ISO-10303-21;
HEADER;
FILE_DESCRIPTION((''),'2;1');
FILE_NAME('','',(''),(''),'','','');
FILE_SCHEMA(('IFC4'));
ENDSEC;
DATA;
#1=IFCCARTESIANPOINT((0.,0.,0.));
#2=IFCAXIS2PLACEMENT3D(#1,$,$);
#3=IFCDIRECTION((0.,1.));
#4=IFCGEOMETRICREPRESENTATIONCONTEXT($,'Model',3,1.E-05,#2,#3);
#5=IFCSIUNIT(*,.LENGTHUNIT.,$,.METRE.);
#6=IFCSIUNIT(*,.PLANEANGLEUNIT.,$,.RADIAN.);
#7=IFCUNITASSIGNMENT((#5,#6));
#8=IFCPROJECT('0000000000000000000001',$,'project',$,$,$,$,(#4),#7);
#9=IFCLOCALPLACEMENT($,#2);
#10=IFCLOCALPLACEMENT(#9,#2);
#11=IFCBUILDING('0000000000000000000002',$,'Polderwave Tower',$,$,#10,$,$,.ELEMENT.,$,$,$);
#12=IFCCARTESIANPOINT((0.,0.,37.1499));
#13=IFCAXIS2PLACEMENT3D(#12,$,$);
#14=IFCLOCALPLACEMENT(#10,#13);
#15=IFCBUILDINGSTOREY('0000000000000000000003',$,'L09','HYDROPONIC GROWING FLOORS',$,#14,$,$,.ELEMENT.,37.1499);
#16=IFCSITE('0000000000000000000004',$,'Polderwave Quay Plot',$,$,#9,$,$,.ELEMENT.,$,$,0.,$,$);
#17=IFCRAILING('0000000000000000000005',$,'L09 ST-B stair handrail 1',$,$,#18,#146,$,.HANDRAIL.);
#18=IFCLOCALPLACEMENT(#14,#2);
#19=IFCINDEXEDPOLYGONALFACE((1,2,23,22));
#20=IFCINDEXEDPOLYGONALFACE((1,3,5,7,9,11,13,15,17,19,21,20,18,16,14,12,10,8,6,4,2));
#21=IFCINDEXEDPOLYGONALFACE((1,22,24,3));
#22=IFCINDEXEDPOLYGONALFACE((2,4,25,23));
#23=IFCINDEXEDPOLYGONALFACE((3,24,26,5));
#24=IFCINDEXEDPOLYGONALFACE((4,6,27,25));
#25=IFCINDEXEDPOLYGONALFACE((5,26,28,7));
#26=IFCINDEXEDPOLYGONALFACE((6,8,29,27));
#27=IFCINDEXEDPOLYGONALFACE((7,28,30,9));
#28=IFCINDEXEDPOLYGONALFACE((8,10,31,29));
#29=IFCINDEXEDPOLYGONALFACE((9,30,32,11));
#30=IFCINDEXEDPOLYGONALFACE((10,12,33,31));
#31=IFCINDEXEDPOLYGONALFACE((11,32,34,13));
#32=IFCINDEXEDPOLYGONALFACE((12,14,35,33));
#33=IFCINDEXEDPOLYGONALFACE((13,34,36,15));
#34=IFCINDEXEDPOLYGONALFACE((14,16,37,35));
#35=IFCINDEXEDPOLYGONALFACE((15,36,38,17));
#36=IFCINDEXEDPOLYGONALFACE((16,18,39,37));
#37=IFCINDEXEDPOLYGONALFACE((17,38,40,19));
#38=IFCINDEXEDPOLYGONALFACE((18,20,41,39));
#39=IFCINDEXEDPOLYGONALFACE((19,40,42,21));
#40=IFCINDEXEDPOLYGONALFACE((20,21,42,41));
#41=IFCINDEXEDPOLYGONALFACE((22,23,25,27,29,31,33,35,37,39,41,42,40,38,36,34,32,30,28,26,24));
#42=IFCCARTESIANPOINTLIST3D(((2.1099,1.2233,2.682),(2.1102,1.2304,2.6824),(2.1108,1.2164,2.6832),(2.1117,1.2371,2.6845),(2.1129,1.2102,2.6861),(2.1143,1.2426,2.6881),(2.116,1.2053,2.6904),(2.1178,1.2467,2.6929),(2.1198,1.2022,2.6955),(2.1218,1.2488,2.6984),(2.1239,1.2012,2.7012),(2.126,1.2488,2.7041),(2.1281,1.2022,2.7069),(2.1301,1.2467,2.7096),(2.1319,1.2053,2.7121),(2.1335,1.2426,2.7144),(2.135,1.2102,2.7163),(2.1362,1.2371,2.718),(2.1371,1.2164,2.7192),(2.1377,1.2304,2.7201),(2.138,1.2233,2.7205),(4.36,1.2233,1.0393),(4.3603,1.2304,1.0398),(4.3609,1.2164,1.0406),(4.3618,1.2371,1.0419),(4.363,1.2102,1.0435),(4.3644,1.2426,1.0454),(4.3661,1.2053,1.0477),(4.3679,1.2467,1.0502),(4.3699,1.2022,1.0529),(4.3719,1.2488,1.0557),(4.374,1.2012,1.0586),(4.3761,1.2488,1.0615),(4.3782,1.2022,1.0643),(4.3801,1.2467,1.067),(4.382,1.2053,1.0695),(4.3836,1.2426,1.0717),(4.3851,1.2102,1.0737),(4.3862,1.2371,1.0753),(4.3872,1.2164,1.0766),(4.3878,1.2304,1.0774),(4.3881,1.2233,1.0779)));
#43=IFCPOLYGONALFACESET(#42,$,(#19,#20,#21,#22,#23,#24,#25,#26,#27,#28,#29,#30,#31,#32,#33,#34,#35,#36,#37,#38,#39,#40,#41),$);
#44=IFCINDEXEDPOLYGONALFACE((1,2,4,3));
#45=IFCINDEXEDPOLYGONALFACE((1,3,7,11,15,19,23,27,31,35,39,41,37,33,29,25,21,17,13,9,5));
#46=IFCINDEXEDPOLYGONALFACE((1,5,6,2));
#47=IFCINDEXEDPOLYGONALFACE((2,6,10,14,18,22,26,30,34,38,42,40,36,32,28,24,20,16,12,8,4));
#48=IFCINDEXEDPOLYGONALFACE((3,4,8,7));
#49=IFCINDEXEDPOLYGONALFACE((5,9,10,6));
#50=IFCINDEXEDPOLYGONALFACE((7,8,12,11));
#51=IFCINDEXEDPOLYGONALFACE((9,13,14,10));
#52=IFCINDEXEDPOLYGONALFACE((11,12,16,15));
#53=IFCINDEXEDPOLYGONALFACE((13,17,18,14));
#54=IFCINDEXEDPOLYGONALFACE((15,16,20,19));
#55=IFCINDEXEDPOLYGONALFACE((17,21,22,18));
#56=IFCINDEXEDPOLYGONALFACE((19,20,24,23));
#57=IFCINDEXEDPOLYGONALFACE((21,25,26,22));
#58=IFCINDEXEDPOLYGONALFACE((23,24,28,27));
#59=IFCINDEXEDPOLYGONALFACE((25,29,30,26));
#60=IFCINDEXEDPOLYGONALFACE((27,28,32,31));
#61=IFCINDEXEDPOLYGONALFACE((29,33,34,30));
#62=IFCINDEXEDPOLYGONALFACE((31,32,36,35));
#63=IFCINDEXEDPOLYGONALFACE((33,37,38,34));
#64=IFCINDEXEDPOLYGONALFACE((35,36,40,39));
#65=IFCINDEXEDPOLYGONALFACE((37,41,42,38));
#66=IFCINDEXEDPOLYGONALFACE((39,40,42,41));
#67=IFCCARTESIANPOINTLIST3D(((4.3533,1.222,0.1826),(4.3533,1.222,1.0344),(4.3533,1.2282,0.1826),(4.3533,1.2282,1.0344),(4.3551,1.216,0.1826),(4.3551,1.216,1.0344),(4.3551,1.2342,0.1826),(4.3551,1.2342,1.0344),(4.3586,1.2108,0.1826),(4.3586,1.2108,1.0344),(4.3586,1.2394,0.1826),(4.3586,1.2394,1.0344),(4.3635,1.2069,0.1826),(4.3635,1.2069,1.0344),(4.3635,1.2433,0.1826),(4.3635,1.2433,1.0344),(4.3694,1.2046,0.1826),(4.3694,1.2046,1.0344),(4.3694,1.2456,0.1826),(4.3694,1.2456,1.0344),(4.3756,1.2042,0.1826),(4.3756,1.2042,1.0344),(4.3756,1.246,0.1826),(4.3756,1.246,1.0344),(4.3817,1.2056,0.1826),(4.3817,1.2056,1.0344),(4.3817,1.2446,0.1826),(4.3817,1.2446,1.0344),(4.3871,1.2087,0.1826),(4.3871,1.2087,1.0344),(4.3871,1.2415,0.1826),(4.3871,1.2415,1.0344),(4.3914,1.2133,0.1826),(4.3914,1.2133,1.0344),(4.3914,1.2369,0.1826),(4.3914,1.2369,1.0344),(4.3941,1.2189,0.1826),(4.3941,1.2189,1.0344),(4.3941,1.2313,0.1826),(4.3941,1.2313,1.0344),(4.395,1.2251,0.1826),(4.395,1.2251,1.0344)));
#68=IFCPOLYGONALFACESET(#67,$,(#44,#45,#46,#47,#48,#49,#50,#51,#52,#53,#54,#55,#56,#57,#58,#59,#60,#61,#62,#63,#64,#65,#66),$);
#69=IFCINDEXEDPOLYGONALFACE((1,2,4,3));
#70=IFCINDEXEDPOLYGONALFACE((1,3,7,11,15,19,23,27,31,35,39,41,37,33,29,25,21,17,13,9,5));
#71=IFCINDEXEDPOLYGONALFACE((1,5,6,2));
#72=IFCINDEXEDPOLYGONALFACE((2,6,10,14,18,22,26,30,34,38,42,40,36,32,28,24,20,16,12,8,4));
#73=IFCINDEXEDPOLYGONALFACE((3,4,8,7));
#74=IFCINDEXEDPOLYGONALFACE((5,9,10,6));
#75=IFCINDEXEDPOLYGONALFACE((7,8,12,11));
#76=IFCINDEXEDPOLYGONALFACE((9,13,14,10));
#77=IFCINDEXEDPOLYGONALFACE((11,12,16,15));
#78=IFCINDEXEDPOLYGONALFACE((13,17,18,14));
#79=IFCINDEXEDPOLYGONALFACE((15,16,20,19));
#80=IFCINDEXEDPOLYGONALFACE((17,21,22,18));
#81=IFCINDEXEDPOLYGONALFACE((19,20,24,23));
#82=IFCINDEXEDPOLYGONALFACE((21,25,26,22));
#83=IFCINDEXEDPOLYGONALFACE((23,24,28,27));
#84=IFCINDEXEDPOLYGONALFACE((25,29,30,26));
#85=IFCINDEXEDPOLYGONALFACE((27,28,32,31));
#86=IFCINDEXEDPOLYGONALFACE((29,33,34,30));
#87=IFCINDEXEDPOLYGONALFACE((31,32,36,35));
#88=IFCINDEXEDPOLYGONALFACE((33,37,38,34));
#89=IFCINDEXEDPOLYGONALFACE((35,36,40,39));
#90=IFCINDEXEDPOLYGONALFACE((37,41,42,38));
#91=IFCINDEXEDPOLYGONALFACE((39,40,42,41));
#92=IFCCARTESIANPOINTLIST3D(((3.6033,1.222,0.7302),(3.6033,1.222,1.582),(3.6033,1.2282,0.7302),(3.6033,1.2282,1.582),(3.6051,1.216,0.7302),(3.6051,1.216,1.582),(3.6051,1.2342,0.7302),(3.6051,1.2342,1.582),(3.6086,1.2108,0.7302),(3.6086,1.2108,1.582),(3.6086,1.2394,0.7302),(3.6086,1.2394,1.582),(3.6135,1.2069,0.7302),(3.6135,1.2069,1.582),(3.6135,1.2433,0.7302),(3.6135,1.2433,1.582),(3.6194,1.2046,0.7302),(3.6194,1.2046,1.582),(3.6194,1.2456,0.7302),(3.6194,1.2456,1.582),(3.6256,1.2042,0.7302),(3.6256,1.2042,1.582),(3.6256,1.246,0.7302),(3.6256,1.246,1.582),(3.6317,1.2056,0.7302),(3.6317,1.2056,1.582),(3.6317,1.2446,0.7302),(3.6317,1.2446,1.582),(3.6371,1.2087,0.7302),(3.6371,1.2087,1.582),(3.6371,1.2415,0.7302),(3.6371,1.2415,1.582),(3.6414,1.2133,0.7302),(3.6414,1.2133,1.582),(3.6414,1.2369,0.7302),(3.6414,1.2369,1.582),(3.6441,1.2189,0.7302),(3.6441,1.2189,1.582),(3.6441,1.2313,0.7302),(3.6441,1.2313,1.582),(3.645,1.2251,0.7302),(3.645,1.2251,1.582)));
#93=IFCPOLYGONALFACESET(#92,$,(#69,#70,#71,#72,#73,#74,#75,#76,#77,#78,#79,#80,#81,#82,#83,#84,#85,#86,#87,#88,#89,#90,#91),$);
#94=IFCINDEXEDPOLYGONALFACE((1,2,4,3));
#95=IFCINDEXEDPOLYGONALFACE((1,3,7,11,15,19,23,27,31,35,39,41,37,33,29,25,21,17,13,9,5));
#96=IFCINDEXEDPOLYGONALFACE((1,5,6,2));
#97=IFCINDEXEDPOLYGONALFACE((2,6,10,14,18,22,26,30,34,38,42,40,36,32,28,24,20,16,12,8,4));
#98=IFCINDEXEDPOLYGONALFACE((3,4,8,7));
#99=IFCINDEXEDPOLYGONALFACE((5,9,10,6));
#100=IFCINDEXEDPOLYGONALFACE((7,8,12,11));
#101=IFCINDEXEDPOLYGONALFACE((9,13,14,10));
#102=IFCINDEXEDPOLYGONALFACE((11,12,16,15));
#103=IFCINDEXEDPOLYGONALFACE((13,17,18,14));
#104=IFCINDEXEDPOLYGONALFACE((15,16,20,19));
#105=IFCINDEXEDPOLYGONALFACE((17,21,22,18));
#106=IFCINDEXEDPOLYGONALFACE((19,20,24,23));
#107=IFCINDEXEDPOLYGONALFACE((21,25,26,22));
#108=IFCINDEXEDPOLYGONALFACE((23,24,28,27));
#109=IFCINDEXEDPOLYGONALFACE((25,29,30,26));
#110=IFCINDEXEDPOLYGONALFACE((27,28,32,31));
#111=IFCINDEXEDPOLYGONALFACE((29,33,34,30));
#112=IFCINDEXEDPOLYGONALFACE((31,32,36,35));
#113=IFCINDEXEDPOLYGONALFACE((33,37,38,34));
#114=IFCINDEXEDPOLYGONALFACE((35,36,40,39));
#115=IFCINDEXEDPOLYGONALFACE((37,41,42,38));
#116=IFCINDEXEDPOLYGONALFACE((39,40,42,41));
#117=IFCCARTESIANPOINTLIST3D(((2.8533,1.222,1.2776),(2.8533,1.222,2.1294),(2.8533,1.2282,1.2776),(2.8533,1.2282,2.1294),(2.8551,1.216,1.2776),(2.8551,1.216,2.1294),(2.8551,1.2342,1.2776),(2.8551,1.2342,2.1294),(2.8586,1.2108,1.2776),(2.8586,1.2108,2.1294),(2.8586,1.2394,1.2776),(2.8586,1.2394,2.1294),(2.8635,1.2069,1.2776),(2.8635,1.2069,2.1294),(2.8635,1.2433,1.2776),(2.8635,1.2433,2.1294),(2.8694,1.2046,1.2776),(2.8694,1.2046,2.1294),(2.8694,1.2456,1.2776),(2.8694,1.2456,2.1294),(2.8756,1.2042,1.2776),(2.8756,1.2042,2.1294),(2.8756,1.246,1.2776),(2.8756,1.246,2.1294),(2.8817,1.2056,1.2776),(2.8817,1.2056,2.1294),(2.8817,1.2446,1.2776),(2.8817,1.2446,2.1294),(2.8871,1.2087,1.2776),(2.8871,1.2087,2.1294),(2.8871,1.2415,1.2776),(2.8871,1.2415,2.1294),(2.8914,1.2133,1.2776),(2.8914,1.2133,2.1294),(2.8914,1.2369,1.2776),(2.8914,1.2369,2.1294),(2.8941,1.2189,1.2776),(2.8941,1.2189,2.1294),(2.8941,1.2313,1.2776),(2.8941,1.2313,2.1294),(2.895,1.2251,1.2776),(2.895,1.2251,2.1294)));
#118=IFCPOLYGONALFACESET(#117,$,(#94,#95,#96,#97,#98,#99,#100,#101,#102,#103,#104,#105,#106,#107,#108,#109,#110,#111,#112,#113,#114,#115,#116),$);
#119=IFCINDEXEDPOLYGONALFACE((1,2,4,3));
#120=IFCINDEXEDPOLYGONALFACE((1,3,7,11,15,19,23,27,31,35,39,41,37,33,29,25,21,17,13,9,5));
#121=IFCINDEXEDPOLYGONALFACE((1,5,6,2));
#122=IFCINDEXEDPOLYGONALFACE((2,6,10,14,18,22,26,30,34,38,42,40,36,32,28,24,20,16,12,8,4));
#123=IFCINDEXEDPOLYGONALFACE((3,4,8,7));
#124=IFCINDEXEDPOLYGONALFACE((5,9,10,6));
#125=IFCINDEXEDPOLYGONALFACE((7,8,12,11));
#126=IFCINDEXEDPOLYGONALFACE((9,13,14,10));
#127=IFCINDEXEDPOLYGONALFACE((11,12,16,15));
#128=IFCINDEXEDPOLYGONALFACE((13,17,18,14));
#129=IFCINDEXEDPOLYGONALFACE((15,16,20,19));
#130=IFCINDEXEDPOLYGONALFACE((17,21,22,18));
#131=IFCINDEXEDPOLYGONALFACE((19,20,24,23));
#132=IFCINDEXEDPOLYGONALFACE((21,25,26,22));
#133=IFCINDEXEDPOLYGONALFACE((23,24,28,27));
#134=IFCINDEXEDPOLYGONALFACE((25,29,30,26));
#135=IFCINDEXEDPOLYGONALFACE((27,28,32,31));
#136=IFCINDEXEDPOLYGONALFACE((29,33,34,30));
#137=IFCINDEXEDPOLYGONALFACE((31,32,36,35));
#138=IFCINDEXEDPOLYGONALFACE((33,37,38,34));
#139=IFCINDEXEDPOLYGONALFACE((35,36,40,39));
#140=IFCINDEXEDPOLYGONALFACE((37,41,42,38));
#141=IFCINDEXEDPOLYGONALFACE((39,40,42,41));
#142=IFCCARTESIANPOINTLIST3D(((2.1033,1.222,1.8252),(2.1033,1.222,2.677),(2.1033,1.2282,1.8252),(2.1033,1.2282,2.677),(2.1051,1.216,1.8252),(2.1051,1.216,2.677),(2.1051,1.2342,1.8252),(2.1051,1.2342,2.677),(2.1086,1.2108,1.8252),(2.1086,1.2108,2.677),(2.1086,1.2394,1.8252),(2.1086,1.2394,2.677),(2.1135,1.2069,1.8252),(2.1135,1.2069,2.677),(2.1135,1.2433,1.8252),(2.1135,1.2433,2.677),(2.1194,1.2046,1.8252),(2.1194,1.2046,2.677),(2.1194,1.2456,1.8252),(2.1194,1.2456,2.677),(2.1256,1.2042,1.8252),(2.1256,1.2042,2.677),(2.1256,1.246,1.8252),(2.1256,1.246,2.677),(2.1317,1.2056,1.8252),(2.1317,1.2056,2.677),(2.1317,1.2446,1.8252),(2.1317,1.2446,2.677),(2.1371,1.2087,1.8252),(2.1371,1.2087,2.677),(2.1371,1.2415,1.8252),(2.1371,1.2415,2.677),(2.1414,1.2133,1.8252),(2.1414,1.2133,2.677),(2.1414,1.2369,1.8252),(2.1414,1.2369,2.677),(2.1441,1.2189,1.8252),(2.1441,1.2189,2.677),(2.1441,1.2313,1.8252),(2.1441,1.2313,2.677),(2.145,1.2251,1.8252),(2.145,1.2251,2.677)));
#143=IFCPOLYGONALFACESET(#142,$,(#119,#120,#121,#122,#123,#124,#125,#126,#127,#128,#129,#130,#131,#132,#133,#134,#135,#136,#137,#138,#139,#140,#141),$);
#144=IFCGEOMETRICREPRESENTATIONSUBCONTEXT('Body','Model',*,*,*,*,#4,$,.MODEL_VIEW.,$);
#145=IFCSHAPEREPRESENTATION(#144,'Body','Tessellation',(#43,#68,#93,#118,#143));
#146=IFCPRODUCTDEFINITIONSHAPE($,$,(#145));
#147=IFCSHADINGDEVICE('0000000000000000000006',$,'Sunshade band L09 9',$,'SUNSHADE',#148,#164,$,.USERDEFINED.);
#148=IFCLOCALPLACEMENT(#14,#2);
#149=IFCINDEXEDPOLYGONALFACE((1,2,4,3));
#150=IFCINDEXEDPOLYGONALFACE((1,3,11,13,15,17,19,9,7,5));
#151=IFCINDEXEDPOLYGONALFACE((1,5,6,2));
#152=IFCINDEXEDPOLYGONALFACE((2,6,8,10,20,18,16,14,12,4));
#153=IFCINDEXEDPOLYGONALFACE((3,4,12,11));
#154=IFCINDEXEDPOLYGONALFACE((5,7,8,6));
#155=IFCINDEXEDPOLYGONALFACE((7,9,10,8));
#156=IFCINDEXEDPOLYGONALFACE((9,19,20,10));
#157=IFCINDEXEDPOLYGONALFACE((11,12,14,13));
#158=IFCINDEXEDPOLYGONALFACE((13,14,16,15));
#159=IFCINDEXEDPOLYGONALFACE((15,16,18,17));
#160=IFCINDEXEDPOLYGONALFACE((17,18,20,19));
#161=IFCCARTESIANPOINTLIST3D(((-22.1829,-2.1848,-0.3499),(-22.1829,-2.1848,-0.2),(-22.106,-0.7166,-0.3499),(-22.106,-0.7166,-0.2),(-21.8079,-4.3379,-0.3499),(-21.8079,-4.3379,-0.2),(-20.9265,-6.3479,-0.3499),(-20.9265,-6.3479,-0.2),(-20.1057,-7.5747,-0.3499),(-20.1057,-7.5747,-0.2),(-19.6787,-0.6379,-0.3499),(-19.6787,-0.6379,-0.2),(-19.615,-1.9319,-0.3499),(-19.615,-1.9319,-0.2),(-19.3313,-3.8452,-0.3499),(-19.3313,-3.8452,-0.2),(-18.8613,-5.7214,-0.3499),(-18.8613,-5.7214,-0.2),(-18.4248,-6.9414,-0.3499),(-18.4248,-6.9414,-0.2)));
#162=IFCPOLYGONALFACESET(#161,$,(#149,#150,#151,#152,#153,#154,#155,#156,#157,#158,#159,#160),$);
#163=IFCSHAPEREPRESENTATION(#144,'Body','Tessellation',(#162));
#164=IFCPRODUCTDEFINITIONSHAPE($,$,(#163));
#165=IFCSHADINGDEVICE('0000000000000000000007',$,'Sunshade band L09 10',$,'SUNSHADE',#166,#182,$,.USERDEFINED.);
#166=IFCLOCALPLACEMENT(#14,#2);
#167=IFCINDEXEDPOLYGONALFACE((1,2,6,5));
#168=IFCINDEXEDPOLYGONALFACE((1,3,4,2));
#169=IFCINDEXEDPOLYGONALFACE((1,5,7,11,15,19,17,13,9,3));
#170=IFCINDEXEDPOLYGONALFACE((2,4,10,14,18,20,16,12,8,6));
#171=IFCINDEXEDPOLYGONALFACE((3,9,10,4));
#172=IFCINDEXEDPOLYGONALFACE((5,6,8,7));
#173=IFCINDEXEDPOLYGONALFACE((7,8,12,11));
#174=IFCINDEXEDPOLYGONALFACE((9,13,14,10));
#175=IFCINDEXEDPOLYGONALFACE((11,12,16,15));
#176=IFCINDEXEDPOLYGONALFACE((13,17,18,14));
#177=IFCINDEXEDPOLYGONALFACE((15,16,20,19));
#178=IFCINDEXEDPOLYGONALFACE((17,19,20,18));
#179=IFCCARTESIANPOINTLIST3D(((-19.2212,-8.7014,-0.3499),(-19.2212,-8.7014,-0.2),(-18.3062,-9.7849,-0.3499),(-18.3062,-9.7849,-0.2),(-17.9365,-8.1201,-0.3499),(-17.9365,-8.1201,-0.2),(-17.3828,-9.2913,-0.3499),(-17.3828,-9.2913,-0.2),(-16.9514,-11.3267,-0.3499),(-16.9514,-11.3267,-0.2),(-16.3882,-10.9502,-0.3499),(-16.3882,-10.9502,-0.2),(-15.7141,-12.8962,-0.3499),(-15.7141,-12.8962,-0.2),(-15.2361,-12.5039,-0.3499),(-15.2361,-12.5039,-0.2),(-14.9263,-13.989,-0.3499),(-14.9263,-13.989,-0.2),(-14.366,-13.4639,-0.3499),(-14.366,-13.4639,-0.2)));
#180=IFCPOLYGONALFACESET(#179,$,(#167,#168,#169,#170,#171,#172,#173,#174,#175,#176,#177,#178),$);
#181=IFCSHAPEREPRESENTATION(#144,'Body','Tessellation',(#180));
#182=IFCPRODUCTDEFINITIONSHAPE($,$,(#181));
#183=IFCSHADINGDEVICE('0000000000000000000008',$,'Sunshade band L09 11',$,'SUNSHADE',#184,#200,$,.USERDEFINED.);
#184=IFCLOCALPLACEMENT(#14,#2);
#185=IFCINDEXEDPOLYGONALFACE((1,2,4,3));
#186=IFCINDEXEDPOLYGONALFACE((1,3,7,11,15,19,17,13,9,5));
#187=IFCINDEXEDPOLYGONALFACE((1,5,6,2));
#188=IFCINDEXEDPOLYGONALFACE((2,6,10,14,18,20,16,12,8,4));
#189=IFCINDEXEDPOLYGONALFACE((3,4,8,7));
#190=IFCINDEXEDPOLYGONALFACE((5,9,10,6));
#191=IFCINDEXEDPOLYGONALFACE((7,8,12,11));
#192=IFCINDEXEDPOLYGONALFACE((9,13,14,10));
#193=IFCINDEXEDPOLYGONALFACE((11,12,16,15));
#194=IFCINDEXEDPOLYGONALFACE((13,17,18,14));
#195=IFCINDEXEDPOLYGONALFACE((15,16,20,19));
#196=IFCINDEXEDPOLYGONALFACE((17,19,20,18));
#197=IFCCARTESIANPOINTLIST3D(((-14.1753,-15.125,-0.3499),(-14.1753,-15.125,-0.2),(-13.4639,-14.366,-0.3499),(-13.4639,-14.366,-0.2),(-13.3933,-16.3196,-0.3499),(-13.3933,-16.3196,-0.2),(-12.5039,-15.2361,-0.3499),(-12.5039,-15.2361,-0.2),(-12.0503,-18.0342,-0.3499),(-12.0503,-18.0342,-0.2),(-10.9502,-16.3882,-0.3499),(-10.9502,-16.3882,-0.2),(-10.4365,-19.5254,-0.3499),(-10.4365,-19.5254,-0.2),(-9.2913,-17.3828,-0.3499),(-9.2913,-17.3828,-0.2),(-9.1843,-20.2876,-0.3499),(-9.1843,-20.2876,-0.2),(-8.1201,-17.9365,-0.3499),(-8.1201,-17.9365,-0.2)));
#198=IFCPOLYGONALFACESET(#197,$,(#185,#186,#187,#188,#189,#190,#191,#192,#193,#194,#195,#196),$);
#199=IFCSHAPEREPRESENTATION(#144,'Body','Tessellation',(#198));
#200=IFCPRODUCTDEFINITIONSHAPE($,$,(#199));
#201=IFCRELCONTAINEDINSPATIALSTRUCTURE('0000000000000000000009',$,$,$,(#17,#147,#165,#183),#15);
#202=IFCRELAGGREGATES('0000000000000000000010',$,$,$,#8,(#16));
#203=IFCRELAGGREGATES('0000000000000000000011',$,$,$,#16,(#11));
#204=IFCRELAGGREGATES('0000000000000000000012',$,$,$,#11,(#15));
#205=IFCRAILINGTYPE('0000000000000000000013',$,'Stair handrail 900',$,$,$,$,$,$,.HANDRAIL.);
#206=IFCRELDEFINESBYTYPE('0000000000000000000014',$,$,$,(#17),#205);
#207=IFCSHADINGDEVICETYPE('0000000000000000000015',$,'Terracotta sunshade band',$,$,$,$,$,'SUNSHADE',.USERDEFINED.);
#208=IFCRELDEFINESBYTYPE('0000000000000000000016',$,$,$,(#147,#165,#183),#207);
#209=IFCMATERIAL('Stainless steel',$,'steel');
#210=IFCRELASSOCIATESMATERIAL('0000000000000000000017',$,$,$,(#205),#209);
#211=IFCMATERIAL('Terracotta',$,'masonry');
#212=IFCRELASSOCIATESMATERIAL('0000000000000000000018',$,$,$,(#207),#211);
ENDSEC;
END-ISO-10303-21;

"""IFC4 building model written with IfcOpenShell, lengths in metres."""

from ifc_helpers import new_model, si_unit, direction, frame, origin, origin_2d, place, context, subcontext, project, spatial, polyline, circle, outline, extrude, material, type_object, element, save


model = new_model("IFC4")

# Units and contexts
model_context = context("Model", 3, precision=1e-05, world=origin(), true_north=direction((0.0, 1.0)))
body_context = subcontext(model_context, "Body", "Model", "MODEL_VIEW")
ifc_project = project(units=[si_unit("LENGTHUNIT", "METRE"), si_unit("PLANEANGLEUNIT", "RADIAN")], contexts=[model_context])

# Site, building, storey
site_placement = place(None, origin())
site = spatial("IfcSite", under=ifc_project, at=site_placement, Name="Polderwave Quay Plot", CompositionType="ELEMENT", RefElevation=0.0)
building_placement = place(site_placement, origin())
building = spatial("IfcBuilding", under=site, at=building_placement, Name="Polderwave Tower", CompositionType="ELEMENT")
storey_placement = place(building_placement, frame((0.0, 0.0, 37.1499)))
storey = spatial("IfcBuildingStorey", under=building, at=storey_placement, Name="L09", Description="HYDROPONIC GROWING FLOORS", CompositionType="ELEMENT", Elevation=37.1499)

# Railing
ifc_material_1 = material(Name="Stainless steel", Category="steel")
railing_type_1 = type_object("IfcRailingType", Name="Stair handrail 900", PredefinedType="HANDRAIL", material=ifc_material_1)
railing_1_placement = place(storey_placement, frame((4.374, 1.2251, 0.1826)))
element("IfcRailing", 1, at=railing_1_placement, inside=storey, type_object=railing_type_1, Name="L09 ST-B stair handrail 1", PredefinedType="HANDRAIL", context=body_context, shape_type="SweptSolid", body=[
    extrude(circle(Radius=0.0239, at=origin_2d()), frame((0.0, 0.0, 0.876), z_axis=(-0.807674, 0.0, 0.58963), x_axis=(0.0, -1.0, 0.0)), (0.0, 0.0, 1.0), 2.7859),
    extrude(circle(Radius=0.021, at=origin_2d()), origin(), (0.0, 0.0, 1.0), 0.8518),
    extrude(circle(Radius=0.021, at=origin_2d()), frame((-0.75, 0.0, 0.5476)), (0.0, 0.0, 1.0), 0.8518),
    extrude(circle(Radius=0.021, at=origin_2d()), frame((-1.5, 0.0, 1.095)), (0.0, 0.0, 1.0), 0.8518),
    extrude(circle(Radius=0.021, at=origin_2d()), frame((-2.25, 0.0, 1.6426)), (0.0, 0.0, 1.0), 0.8518),
])

# Shading devices
ifc_material_2 = material(Name="Terracotta", Category="masonry")
shading_device_type = type_object("IfcShadingDeviceType", Name="Terracotta sunshade band", ElementType="SUNSHADE", PredefinedType="USERDEFINED", material=ifc_material_2)
shading_device_1_placement = place(storey_placement, frame((0.0, 0.0, -0.3499)))
element("IfcShadingDevice", 2, at=shading_device_1_placement, inside=storey, type_object=shading_device_type, Name="Sunshade band L09 9", ObjectType="SUNSHADE", PredefinedType="USERDEFINED", context=body_context, shape_type="SweptSolid", body=[
    extrude(outline(polyline([(-19.6787, -0.6379), (-19.615, -1.9319), (-19.3313, -3.8452), (-18.8613, -5.7214), (-18.4248, -6.9414), (-20.1057, -7.5747), (-20.9265, -6.3479), (-21.8079, -4.3379), (-22.1829, -2.1848), (-22.106, -0.7166), (-19.6787, -0.6379)])), origin(), (0.0, 0.0, 1.0), 0.1499),
])
shading_device_2_placement = place(storey_placement, frame((0.0, 0.0, -0.3499)))
element("IfcShadingDevice", 3, at=shading_device_2_placement, inside=storey, type_object=shading_device_type, Name="Sunshade band L09 10", ObjectType="SUNSHADE", PredefinedType="USERDEFINED", context=body_context, shape_type="SweptSolid", body=[
    extrude(outline(polyline([(-17.9365, -8.1201), (-17.3828, -9.2913), (-16.3882, -10.9502), (-15.2361, -12.5039), (-14.366, -13.4639), (-14.9263, -13.989), (-15.7141, -12.8962), (-16.9514, -11.3267), (-18.3062, -9.7849), (-19.2212, -8.7014), (-17.9365, -8.1201)])), origin(), (0.0, 0.0, 1.0), 0.1499),
])
shading_device_3_placement = place(storey_placement, frame((0.0, 0.0, -0.3499)))
element("IfcShadingDevice", 4, at=shading_device_3_placement, inside=storey, type_object=shading_device_type, Name="Sunshade band L09 11", ObjectType="SUNSHADE", PredefinedType="USERDEFINED", context=body_context, shape_type="SweptSolid", body=[
    extrude(outline(polyline([(-13.4639, -14.366), (-12.5039, -15.2361), (-10.9502, -16.3882), (-9.2913, -17.3828), (-8.1201, -17.9365), (-9.1843, -20.2876), (-10.4365, -19.5254), (-12.0503, -18.0342), (-13.3933, -16.3196), (-14.1753, -15.125), (-13.4639, -14.366)])), origin(), (0.0, 0.0, 1.0), 0.1499),
])

save(model, "model.ifc")
